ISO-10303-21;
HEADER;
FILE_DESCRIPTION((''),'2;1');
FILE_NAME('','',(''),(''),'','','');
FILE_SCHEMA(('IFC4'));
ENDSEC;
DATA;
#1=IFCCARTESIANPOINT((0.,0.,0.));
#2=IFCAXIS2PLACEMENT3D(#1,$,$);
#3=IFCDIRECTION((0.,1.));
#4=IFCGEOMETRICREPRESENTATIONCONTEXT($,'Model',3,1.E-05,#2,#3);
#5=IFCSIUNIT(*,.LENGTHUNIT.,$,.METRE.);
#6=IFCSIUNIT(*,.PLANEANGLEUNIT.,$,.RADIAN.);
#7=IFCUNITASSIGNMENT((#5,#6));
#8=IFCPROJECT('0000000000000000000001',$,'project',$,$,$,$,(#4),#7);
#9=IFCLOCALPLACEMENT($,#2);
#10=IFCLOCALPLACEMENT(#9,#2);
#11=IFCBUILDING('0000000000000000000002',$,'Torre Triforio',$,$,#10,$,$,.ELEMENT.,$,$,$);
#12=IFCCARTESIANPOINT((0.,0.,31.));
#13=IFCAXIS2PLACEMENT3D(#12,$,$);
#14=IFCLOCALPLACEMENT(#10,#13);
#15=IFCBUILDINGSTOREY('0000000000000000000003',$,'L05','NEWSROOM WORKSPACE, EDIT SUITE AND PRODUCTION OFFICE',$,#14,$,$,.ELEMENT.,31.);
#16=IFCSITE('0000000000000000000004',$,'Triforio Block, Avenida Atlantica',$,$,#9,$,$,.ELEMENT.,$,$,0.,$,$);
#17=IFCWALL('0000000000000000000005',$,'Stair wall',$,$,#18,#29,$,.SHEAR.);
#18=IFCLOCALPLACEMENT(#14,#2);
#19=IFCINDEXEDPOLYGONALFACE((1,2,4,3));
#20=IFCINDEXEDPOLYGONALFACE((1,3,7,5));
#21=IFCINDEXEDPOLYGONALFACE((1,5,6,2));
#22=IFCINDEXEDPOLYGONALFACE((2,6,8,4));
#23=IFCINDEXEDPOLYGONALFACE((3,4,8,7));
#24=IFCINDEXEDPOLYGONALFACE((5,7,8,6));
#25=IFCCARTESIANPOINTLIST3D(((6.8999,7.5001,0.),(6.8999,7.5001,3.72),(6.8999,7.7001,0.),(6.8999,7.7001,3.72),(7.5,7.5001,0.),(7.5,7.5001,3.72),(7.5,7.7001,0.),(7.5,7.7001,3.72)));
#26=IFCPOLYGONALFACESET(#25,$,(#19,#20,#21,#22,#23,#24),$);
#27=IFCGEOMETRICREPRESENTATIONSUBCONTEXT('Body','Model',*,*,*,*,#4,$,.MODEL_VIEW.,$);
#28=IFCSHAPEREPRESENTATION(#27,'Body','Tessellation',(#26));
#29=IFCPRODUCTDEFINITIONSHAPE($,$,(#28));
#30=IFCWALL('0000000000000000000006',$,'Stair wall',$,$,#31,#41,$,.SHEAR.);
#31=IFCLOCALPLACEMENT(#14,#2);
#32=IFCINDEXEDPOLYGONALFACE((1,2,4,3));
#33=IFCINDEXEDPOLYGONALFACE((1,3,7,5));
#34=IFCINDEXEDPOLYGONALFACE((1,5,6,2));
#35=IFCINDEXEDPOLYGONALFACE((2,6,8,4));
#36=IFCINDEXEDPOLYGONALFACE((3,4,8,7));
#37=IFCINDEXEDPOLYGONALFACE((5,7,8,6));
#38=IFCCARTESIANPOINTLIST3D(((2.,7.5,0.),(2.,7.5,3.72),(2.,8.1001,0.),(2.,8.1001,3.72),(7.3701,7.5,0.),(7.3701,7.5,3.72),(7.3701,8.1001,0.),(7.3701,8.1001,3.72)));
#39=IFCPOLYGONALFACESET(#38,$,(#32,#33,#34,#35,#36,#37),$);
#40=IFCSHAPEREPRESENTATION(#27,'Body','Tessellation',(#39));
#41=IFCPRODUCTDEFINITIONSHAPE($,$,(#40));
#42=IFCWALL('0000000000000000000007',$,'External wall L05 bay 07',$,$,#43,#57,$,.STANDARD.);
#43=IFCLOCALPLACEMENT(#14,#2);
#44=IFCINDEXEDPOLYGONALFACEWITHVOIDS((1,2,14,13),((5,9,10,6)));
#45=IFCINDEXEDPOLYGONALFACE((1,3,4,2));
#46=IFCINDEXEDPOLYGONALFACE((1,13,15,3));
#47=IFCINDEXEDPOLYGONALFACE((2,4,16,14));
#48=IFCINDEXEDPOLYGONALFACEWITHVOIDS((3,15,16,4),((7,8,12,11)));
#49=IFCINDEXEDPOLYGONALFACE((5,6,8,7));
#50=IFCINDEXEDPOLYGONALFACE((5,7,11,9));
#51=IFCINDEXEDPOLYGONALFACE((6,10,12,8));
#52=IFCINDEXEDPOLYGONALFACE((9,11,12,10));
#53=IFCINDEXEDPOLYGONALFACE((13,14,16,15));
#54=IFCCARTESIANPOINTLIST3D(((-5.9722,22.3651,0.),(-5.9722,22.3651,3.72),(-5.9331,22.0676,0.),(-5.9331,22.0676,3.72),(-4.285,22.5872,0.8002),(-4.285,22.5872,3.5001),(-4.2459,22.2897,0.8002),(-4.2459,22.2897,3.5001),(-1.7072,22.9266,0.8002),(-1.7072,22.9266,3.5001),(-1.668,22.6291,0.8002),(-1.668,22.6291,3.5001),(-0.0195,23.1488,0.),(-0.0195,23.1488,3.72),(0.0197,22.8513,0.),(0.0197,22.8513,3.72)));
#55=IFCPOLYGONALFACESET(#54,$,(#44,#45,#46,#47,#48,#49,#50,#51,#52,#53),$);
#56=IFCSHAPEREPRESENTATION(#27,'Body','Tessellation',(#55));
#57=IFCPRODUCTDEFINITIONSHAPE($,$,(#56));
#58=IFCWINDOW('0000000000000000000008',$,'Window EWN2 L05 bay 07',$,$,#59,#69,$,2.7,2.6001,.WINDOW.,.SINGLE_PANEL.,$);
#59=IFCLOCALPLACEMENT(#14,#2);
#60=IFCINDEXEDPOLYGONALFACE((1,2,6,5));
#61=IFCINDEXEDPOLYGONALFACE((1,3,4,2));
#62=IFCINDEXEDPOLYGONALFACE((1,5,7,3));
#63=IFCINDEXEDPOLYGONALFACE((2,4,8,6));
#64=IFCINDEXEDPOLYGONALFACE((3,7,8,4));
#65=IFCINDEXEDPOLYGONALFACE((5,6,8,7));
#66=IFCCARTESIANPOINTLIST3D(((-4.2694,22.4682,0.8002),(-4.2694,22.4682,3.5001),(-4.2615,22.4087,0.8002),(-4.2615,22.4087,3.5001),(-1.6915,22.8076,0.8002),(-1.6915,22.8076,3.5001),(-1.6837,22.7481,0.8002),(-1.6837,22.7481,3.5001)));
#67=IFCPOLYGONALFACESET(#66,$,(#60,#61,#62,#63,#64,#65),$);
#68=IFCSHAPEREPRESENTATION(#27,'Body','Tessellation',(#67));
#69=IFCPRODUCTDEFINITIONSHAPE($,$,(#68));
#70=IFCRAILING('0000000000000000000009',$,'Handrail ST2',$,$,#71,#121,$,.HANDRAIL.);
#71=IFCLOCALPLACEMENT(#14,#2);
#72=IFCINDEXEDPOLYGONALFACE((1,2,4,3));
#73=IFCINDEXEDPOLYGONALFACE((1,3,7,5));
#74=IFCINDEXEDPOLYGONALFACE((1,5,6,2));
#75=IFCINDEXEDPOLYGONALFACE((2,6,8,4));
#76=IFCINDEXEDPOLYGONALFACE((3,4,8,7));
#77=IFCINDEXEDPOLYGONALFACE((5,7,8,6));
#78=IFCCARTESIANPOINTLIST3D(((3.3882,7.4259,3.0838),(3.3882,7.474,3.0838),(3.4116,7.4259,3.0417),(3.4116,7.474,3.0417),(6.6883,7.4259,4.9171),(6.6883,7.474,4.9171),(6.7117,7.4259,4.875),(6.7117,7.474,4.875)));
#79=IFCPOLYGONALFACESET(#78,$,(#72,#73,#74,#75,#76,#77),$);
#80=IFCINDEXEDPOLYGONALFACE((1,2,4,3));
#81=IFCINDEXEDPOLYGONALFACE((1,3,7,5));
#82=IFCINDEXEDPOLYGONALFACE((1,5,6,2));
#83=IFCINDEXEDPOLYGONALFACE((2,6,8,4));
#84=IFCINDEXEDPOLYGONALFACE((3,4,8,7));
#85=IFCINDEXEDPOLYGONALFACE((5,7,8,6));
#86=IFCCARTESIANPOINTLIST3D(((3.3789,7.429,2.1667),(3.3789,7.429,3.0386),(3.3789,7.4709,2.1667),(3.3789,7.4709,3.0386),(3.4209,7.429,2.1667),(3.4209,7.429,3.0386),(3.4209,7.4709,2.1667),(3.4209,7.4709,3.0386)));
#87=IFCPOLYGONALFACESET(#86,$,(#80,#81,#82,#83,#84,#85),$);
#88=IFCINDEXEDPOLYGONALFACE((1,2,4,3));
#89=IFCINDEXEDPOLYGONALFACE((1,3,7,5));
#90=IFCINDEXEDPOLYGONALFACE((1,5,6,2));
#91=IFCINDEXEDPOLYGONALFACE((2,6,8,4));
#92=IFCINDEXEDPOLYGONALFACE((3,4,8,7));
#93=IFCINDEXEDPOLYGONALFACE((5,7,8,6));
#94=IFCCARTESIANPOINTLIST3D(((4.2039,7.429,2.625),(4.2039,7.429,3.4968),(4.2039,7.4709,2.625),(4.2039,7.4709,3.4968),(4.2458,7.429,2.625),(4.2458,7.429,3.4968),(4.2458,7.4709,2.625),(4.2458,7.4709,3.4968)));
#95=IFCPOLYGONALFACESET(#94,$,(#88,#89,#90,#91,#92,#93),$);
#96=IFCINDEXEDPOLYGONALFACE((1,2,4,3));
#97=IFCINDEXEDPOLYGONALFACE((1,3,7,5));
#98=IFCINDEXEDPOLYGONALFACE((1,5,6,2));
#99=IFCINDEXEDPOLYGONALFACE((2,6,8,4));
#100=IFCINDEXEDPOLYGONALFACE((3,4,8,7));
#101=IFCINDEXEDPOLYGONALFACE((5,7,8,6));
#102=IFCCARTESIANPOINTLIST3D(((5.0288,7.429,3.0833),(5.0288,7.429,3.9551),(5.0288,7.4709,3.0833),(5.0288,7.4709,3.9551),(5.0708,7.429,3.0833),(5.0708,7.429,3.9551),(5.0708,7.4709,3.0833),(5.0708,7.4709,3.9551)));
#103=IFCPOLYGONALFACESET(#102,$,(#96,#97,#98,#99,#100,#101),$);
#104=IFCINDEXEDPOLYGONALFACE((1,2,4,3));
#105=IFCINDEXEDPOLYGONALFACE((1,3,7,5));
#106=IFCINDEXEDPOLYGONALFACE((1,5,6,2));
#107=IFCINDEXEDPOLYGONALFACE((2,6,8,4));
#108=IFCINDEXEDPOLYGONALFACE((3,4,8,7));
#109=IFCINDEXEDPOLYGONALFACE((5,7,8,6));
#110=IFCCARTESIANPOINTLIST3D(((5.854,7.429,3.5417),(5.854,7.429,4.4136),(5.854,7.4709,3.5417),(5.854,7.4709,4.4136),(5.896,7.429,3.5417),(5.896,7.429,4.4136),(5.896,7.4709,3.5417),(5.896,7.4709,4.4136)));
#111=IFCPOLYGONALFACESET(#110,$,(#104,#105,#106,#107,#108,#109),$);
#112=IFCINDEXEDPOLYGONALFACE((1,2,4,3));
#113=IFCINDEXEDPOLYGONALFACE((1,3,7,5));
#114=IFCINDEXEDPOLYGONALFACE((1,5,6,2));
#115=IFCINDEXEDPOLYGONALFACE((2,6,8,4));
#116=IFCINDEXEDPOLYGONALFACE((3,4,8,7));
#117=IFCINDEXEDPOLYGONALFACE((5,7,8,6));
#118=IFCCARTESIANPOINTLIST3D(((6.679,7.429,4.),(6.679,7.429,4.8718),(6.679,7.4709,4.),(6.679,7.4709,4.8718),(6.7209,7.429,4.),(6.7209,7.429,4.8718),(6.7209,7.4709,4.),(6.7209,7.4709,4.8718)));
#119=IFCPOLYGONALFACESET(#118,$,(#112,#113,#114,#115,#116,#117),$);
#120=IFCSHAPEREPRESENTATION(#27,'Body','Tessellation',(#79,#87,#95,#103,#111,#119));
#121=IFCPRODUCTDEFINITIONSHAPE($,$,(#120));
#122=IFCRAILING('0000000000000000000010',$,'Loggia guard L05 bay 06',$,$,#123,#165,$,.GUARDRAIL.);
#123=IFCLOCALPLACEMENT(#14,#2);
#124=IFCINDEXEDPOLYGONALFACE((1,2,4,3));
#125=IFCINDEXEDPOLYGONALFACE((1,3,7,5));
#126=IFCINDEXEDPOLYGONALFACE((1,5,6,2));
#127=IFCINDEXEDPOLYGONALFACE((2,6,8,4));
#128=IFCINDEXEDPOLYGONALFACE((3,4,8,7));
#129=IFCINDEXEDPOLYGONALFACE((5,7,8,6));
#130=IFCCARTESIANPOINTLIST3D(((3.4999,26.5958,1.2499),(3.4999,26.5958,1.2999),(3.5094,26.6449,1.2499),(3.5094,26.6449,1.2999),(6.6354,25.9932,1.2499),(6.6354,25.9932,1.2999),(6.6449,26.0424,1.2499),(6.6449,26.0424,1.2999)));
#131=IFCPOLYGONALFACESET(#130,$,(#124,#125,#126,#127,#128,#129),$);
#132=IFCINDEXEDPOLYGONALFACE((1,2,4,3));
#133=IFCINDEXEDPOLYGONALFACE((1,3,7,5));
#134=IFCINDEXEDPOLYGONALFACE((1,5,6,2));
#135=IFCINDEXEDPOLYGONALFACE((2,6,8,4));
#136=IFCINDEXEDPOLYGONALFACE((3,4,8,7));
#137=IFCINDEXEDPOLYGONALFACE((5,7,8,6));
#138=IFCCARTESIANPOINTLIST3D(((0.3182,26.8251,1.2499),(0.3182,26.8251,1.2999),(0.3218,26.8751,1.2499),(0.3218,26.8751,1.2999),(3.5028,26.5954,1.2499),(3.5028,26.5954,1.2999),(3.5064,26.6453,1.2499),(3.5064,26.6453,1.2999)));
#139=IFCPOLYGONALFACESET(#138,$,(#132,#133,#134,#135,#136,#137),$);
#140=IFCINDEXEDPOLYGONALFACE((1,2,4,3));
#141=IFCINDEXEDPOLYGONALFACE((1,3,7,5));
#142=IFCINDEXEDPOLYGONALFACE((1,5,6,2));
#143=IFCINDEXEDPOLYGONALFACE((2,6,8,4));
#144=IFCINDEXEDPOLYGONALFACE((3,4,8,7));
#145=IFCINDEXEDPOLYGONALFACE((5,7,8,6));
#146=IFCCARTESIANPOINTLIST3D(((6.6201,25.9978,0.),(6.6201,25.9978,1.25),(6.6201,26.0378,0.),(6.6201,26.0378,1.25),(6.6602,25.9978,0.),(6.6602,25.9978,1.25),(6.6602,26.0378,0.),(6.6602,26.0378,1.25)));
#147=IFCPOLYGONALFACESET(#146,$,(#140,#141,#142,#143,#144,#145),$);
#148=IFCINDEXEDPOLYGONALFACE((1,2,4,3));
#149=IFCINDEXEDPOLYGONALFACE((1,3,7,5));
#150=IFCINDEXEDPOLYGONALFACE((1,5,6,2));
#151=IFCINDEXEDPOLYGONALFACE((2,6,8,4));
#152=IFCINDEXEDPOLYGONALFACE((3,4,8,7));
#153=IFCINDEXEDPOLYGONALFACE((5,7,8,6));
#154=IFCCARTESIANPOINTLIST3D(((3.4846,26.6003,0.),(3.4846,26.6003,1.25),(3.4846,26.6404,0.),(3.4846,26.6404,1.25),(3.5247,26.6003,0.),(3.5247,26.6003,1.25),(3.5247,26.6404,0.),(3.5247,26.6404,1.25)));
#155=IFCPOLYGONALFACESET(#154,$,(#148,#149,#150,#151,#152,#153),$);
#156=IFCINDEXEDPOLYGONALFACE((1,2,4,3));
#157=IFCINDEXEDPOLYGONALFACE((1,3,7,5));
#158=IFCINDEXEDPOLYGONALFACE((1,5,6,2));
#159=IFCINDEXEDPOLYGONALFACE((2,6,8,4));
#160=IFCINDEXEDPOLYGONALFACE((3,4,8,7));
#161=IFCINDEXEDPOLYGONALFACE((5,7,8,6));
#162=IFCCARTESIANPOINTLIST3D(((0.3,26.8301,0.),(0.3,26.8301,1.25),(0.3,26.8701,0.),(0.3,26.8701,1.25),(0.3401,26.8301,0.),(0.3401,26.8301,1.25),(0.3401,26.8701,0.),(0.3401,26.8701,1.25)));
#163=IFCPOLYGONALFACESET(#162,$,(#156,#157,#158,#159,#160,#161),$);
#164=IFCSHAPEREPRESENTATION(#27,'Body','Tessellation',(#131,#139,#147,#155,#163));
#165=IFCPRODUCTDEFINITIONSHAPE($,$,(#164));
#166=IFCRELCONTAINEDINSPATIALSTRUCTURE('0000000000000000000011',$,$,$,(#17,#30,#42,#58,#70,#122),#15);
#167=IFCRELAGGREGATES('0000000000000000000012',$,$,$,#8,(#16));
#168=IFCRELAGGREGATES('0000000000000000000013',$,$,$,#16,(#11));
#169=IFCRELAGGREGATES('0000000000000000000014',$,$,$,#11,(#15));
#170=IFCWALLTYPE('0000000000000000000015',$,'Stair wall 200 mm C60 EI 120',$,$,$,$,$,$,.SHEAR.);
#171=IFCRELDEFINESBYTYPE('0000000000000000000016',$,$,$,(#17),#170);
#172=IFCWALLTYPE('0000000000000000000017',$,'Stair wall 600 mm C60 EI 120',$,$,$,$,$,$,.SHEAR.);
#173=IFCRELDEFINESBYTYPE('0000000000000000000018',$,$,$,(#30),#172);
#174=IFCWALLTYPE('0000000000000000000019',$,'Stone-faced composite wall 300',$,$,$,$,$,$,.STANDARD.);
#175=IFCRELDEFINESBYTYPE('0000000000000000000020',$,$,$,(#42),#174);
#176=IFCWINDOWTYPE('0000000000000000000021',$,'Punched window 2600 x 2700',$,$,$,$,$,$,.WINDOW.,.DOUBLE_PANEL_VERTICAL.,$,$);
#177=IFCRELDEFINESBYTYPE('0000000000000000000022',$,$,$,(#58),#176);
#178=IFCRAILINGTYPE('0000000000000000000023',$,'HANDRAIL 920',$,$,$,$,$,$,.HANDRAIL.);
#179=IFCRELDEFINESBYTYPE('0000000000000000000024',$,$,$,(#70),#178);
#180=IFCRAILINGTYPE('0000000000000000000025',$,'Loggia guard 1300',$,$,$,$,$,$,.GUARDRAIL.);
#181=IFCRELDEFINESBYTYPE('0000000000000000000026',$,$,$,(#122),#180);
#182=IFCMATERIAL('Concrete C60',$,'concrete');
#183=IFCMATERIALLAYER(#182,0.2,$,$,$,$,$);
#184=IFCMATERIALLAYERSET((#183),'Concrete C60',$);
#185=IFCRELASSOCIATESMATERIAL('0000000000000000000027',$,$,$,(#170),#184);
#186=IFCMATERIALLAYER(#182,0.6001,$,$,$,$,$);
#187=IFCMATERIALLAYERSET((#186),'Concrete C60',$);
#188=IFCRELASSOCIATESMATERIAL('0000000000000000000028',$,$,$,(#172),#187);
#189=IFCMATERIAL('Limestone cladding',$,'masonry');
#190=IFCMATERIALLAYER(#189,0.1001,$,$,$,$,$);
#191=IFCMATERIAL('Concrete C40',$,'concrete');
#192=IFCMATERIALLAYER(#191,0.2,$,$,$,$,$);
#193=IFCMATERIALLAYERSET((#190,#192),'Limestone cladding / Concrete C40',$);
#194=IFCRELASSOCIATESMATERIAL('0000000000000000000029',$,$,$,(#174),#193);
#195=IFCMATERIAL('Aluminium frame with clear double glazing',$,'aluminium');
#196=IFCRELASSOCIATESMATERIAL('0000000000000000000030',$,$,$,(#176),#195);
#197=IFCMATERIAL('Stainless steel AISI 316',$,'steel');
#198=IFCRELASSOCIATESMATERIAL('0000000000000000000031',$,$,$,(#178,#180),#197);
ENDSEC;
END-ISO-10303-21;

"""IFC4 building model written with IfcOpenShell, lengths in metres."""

from ifc_helpers import new_model, si_unit, direction, frame, frame_2d, origin, origin_2d, place, context, subcontext, project, spatial, rectangle, extrude, material, layer, layer_set, type_object, element, fill, save


model = new_model("IFC4")

# Units and contexts
model_context = context("Model", 3, precision=1e-05, world=origin(), true_north=direction((0.0, 1.0)))
body_context = subcontext(model_context, "Body", "Model", "MODEL_VIEW")
ifc_project = project(units=[si_unit("LENGTHUNIT", "METRE"), si_unit("PLANEANGLEUNIT", "RADIAN")], contexts=[model_context])

# Site, building, storey
site_placement = place(None, origin())
site = spatial("IfcSite", under=ifc_project, at=site_placement, Name="Triforio Block, Avenida Atlantica", CompositionType="ELEMENT", RefElevation=0.0)
building_placement = place(site_placement, origin())
building = spatial("IfcBuilding", under=site, at=building_placement, Name="Torre Triforio", CompositionType="ELEMENT")
storey_placement = place(building_placement, frame((0.0, 0.0, 31.0)))
storey = spatial("IfcBuildingStorey", under=building, at=storey_placement, Name="L05", Description="NEWSROOM WORKSPACE, EDIT SUITE AND PRODUCTION OFFICE", CompositionType="ELEMENT", Elevation=31.0)

# Shared definitions
ifc_material_1 = material(Name="Concrete C60", Category="concrete")

# Walls
ifc_layer_1 = layer(ifc_material_1, 0.2)
ifc_layer_set_1 = layer_set([ifc_layer_1], Name="Concrete C60")
wall_type_1 = type_object("IfcWallType", Name="Stair wall 200 mm C60 EI 120", PredefinedType="SHEAR", material=ifc_layer_set_1)
wall_1_placement = place(storey_placement, frame((6.8999, 7.6001, 0.0), z_axis=(0.0, 0.0, 1.0), x_axis=(1.0, 0.0, 0.0)))
element("IfcWall", 1, at=wall_1_placement, inside=storey, type_object=wall_type_1, Name="Stair wall", PredefinedType="SHEAR", context=body_context, shape_type="SweptSolid", body=[
    extrude(rectangle(XDim=0.6001, YDim=0.2, at=frame_2d((0.3, 0.0))), origin(), (0.0, 0.0, 1.0), 3.72),
])
ifc_layer_2 = layer(ifc_material_1, 0.6001)
ifc_layer_set_2 = layer_set([ifc_layer_2], Name="Concrete C60")
wall_type_2 = type_object("IfcWallType", Name="Stair wall 600 mm C60 EI 120", PredefinedType="SHEAR", material=ifc_layer_set_2)
wall_2_placement = place(storey_placement, frame((2.0, 7.8, 0.0), z_axis=(0.0, 0.0, 1.0), x_axis=(1.0, 0.0, 0.0)))
element("IfcWall", 2, at=wall_2_placement, inside=storey, type_object=wall_type_2, Name="Stair wall", PredefinedType="SHEAR", context=body_context, shape_type="SweptSolid", body=[
    extrude(rectangle(XDim=5.3701, YDim=0.6001, at=frame_2d((2.6851, 0.0))), origin(), (0.0, 0.0, 1.0), 3.72),
])

# Shared definitions
ifc_material_2 = material(Name="Limestone cladding", Category="masonry")
ifc_layer_3 = layer(ifc_material_2, 0.1001)
ifc_material_3 = material(Name="Concrete C40", Category="concrete")
ifc_layer_4 = layer(ifc_material_3, 0.2)
ifc_layer_set_3 = layer_set([ifc_layer_3, ifc_layer_4], Name="Limestone cladding / Concrete C40")
wall_type_3 = type_object("IfcWallType", Name="Stone-faced composite wall 300", PredefinedType="STANDARD", material=ifc_layer_set_3)
ifc_material_4 = material(Name="Aluminium frame with clear double glazing", Category="aluminium")

# Wall, opening, window
wall_3_placement = place(storey_placement, frame((0.0, 23.0, 0.0), z_axis=(0.0, 0.0, 1.0), x_axis=(-0.991445, -0.130523, 0.0)))
wall_3 = element("IfcWall", 3, at=wall_3_placement, inside=storey, type_object=wall_type_3, Name="External wall L05 bay 07", PredefinedType="STANDARD", context=body_context, shape_type="SweptSolid", body=[
    extrude(rectangle(XDim=6.0042, YDim=0.3, at=frame_2d((3.002, 0.0))), origin(), (0.0, 0.0, 1.0), 3.72),
])
opening_1_placement = place(wall_3_placement, frame((1.7021, 0.0, 0.8)))
opening_1 = element("IfcOpeningElement", 4, at=opening_1_placement, cuts=wall_3, PredefinedType="OPENING", context=body_context, shape_type="SweptSolid", body=[
    extrude(rectangle(XDim=2.6001, YDim=2.7, at=frame_2d((1.3, 1.3501))), frame((0.0, 0.1599, 0.0), z_axis=(0.0, -1.0, 0.0), x_axis=(1.0, 0.0, 0.0)), (0.0, 0.0, 1.0), 0.3201),
])
window_type_1 = type_object("IfcWindowType", Name="Punched window 2600 x 2700", PartitioningType="DOUBLE_PANEL_VERTICAL", PredefinedType="WINDOW", material=ifc_material_4)
window_1_placement = place(opening_1_placement, origin())
window_1 = element("IfcWindow", 5, at=window_1_placement, inside=storey, type_object=window_type_1, Name="Window EWN2 L05 bay 07", OverallHeight=2.7, OverallWidth=2.6001, PartitioningType="SINGLE_PANEL", PredefinedType="WINDOW", context=body_context, shape_type="SweptSolid", body=[
    extrude(rectangle(XDim=2.6001, YDim=2.7, at=frame_2d((1.3, 1.3501))), frame((0.0, 0.03, 0.0), z_axis=(0.0, -1.0, 0.0), x_axis=(1.0, 0.0, 0.0)), (0.0, 0.0, 1.0), 0.0601),
])
fill(opening_1, window_1)

# Railings
ifc_material_5 = material(Name="Stainless steel AISI 316", Category="steel")
railing_type_1 = type_object("IfcRailingType", Name="HANDRAIL 920", PredefinedType="HANDRAIL", material=ifc_material_5)
railing_1_placement = place(storey_placement, frame((3.3999, 7.45, 2.1667)))
element("IfcRailing", 6, at=railing_1_placement, inside=storey, type_object=railing_type_1, Name="Handrail ST2", PredefinedType="HANDRAIL", context=body_context, shape_type="SweptSolid", body=[
    extrude(rectangle(XDim=0.0481, YDim=0.0481, at=origin_2d()), frame((0.0, 0.0, 0.896), z_axis=(0.874169, 0.0, 0.485621), x_axis=(0.0, 1.0, 0.0)), (0.0, 0.0, 1.0), 3.7751),
    extrude(rectangle(XDim=0.042, YDim=0.042, at=origin_2d()), origin(), (0.0, 0.0, 1.0), 0.8718),
    extrude(rectangle(XDim=0.042, YDim=0.042, at=origin_2d()), frame((0.825, 0.0, 0.4583)), (0.0, 0.0, 1.0), 0.8718),
    extrude(rectangle(XDim=0.042, YDim=0.042, at=origin_2d()), frame((1.6499, 0.0, 0.9165)), (0.0, 0.0, 1.0), 0.8718),
    extrude(rectangle(XDim=0.042, YDim=0.042, at=origin_2d()), frame((2.4751, 0.0, 1.375)), (0.0, 0.0, 1.0), 0.8718),
    extrude(rectangle(XDim=0.042, YDim=0.042, at=origin_2d()), frame((3.3, 0.0, 1.8333)), (0.0, 0.0, 1.0), 0.8718),
])
railing_type_2 = type_object("IfcRailingType", Name="Loggia guard 1300", PredefinedType="GUARDRAIL", material=ifc_material_5)
railing_2_placement = place(storey_placement, frame((6.6401, 26.0178, 0.0)))
element("IfcRailing", 7, at=railing_2_placement, inside=storey, type_object=railing_type_2, Name="Loggia guard L05 bay 06", PredefinedType="GUARDRAIL", context=body_context, shape_type="SweptSolid", body=[
    extrude(rectangle(XDim=0.05, YDim=0.05, at=origin_2d()), frame((0.0, 0.0, 1.2749), z_axis=(-0.982032, 0.188714, 0.0), x_axis=(-0.188714, -0.982032, 0.0)), (0.0, 0.0, 1.0), 3.1929),
    extrude(rectangle(XDim=0.05, YDim=0.05, at=origin_2d()), frame((-3.1355, 0.6025, 1.2749), z_axis=(-0.997408, 0.071953, 0.0), x_axis=(-0.071953, -0.997408, 0.0)), (0.0, 0.0, 1.0), 3.1929),
    extrude(rectangle(XDim=0.04, YDim=0.04, at=origin_2d()), origin(), (0.0, 0.0, 1.0), 1.25),
    extrude(rectangle(XDim=0.04, YDim=0.04, at=origin_2d()), frame((-3.1355, 0.6025, 0.0)), (0.0, 0.0, 1.0), 1.25),
    extrude(rectangle(XDim=0.04, YDim=0.04, at=origin_2d()), frame((-6.3201, 0.8323, 0.0)), (0.0, 0.0, 1.0), 1.25),
])

save(model, "model.ifc")
